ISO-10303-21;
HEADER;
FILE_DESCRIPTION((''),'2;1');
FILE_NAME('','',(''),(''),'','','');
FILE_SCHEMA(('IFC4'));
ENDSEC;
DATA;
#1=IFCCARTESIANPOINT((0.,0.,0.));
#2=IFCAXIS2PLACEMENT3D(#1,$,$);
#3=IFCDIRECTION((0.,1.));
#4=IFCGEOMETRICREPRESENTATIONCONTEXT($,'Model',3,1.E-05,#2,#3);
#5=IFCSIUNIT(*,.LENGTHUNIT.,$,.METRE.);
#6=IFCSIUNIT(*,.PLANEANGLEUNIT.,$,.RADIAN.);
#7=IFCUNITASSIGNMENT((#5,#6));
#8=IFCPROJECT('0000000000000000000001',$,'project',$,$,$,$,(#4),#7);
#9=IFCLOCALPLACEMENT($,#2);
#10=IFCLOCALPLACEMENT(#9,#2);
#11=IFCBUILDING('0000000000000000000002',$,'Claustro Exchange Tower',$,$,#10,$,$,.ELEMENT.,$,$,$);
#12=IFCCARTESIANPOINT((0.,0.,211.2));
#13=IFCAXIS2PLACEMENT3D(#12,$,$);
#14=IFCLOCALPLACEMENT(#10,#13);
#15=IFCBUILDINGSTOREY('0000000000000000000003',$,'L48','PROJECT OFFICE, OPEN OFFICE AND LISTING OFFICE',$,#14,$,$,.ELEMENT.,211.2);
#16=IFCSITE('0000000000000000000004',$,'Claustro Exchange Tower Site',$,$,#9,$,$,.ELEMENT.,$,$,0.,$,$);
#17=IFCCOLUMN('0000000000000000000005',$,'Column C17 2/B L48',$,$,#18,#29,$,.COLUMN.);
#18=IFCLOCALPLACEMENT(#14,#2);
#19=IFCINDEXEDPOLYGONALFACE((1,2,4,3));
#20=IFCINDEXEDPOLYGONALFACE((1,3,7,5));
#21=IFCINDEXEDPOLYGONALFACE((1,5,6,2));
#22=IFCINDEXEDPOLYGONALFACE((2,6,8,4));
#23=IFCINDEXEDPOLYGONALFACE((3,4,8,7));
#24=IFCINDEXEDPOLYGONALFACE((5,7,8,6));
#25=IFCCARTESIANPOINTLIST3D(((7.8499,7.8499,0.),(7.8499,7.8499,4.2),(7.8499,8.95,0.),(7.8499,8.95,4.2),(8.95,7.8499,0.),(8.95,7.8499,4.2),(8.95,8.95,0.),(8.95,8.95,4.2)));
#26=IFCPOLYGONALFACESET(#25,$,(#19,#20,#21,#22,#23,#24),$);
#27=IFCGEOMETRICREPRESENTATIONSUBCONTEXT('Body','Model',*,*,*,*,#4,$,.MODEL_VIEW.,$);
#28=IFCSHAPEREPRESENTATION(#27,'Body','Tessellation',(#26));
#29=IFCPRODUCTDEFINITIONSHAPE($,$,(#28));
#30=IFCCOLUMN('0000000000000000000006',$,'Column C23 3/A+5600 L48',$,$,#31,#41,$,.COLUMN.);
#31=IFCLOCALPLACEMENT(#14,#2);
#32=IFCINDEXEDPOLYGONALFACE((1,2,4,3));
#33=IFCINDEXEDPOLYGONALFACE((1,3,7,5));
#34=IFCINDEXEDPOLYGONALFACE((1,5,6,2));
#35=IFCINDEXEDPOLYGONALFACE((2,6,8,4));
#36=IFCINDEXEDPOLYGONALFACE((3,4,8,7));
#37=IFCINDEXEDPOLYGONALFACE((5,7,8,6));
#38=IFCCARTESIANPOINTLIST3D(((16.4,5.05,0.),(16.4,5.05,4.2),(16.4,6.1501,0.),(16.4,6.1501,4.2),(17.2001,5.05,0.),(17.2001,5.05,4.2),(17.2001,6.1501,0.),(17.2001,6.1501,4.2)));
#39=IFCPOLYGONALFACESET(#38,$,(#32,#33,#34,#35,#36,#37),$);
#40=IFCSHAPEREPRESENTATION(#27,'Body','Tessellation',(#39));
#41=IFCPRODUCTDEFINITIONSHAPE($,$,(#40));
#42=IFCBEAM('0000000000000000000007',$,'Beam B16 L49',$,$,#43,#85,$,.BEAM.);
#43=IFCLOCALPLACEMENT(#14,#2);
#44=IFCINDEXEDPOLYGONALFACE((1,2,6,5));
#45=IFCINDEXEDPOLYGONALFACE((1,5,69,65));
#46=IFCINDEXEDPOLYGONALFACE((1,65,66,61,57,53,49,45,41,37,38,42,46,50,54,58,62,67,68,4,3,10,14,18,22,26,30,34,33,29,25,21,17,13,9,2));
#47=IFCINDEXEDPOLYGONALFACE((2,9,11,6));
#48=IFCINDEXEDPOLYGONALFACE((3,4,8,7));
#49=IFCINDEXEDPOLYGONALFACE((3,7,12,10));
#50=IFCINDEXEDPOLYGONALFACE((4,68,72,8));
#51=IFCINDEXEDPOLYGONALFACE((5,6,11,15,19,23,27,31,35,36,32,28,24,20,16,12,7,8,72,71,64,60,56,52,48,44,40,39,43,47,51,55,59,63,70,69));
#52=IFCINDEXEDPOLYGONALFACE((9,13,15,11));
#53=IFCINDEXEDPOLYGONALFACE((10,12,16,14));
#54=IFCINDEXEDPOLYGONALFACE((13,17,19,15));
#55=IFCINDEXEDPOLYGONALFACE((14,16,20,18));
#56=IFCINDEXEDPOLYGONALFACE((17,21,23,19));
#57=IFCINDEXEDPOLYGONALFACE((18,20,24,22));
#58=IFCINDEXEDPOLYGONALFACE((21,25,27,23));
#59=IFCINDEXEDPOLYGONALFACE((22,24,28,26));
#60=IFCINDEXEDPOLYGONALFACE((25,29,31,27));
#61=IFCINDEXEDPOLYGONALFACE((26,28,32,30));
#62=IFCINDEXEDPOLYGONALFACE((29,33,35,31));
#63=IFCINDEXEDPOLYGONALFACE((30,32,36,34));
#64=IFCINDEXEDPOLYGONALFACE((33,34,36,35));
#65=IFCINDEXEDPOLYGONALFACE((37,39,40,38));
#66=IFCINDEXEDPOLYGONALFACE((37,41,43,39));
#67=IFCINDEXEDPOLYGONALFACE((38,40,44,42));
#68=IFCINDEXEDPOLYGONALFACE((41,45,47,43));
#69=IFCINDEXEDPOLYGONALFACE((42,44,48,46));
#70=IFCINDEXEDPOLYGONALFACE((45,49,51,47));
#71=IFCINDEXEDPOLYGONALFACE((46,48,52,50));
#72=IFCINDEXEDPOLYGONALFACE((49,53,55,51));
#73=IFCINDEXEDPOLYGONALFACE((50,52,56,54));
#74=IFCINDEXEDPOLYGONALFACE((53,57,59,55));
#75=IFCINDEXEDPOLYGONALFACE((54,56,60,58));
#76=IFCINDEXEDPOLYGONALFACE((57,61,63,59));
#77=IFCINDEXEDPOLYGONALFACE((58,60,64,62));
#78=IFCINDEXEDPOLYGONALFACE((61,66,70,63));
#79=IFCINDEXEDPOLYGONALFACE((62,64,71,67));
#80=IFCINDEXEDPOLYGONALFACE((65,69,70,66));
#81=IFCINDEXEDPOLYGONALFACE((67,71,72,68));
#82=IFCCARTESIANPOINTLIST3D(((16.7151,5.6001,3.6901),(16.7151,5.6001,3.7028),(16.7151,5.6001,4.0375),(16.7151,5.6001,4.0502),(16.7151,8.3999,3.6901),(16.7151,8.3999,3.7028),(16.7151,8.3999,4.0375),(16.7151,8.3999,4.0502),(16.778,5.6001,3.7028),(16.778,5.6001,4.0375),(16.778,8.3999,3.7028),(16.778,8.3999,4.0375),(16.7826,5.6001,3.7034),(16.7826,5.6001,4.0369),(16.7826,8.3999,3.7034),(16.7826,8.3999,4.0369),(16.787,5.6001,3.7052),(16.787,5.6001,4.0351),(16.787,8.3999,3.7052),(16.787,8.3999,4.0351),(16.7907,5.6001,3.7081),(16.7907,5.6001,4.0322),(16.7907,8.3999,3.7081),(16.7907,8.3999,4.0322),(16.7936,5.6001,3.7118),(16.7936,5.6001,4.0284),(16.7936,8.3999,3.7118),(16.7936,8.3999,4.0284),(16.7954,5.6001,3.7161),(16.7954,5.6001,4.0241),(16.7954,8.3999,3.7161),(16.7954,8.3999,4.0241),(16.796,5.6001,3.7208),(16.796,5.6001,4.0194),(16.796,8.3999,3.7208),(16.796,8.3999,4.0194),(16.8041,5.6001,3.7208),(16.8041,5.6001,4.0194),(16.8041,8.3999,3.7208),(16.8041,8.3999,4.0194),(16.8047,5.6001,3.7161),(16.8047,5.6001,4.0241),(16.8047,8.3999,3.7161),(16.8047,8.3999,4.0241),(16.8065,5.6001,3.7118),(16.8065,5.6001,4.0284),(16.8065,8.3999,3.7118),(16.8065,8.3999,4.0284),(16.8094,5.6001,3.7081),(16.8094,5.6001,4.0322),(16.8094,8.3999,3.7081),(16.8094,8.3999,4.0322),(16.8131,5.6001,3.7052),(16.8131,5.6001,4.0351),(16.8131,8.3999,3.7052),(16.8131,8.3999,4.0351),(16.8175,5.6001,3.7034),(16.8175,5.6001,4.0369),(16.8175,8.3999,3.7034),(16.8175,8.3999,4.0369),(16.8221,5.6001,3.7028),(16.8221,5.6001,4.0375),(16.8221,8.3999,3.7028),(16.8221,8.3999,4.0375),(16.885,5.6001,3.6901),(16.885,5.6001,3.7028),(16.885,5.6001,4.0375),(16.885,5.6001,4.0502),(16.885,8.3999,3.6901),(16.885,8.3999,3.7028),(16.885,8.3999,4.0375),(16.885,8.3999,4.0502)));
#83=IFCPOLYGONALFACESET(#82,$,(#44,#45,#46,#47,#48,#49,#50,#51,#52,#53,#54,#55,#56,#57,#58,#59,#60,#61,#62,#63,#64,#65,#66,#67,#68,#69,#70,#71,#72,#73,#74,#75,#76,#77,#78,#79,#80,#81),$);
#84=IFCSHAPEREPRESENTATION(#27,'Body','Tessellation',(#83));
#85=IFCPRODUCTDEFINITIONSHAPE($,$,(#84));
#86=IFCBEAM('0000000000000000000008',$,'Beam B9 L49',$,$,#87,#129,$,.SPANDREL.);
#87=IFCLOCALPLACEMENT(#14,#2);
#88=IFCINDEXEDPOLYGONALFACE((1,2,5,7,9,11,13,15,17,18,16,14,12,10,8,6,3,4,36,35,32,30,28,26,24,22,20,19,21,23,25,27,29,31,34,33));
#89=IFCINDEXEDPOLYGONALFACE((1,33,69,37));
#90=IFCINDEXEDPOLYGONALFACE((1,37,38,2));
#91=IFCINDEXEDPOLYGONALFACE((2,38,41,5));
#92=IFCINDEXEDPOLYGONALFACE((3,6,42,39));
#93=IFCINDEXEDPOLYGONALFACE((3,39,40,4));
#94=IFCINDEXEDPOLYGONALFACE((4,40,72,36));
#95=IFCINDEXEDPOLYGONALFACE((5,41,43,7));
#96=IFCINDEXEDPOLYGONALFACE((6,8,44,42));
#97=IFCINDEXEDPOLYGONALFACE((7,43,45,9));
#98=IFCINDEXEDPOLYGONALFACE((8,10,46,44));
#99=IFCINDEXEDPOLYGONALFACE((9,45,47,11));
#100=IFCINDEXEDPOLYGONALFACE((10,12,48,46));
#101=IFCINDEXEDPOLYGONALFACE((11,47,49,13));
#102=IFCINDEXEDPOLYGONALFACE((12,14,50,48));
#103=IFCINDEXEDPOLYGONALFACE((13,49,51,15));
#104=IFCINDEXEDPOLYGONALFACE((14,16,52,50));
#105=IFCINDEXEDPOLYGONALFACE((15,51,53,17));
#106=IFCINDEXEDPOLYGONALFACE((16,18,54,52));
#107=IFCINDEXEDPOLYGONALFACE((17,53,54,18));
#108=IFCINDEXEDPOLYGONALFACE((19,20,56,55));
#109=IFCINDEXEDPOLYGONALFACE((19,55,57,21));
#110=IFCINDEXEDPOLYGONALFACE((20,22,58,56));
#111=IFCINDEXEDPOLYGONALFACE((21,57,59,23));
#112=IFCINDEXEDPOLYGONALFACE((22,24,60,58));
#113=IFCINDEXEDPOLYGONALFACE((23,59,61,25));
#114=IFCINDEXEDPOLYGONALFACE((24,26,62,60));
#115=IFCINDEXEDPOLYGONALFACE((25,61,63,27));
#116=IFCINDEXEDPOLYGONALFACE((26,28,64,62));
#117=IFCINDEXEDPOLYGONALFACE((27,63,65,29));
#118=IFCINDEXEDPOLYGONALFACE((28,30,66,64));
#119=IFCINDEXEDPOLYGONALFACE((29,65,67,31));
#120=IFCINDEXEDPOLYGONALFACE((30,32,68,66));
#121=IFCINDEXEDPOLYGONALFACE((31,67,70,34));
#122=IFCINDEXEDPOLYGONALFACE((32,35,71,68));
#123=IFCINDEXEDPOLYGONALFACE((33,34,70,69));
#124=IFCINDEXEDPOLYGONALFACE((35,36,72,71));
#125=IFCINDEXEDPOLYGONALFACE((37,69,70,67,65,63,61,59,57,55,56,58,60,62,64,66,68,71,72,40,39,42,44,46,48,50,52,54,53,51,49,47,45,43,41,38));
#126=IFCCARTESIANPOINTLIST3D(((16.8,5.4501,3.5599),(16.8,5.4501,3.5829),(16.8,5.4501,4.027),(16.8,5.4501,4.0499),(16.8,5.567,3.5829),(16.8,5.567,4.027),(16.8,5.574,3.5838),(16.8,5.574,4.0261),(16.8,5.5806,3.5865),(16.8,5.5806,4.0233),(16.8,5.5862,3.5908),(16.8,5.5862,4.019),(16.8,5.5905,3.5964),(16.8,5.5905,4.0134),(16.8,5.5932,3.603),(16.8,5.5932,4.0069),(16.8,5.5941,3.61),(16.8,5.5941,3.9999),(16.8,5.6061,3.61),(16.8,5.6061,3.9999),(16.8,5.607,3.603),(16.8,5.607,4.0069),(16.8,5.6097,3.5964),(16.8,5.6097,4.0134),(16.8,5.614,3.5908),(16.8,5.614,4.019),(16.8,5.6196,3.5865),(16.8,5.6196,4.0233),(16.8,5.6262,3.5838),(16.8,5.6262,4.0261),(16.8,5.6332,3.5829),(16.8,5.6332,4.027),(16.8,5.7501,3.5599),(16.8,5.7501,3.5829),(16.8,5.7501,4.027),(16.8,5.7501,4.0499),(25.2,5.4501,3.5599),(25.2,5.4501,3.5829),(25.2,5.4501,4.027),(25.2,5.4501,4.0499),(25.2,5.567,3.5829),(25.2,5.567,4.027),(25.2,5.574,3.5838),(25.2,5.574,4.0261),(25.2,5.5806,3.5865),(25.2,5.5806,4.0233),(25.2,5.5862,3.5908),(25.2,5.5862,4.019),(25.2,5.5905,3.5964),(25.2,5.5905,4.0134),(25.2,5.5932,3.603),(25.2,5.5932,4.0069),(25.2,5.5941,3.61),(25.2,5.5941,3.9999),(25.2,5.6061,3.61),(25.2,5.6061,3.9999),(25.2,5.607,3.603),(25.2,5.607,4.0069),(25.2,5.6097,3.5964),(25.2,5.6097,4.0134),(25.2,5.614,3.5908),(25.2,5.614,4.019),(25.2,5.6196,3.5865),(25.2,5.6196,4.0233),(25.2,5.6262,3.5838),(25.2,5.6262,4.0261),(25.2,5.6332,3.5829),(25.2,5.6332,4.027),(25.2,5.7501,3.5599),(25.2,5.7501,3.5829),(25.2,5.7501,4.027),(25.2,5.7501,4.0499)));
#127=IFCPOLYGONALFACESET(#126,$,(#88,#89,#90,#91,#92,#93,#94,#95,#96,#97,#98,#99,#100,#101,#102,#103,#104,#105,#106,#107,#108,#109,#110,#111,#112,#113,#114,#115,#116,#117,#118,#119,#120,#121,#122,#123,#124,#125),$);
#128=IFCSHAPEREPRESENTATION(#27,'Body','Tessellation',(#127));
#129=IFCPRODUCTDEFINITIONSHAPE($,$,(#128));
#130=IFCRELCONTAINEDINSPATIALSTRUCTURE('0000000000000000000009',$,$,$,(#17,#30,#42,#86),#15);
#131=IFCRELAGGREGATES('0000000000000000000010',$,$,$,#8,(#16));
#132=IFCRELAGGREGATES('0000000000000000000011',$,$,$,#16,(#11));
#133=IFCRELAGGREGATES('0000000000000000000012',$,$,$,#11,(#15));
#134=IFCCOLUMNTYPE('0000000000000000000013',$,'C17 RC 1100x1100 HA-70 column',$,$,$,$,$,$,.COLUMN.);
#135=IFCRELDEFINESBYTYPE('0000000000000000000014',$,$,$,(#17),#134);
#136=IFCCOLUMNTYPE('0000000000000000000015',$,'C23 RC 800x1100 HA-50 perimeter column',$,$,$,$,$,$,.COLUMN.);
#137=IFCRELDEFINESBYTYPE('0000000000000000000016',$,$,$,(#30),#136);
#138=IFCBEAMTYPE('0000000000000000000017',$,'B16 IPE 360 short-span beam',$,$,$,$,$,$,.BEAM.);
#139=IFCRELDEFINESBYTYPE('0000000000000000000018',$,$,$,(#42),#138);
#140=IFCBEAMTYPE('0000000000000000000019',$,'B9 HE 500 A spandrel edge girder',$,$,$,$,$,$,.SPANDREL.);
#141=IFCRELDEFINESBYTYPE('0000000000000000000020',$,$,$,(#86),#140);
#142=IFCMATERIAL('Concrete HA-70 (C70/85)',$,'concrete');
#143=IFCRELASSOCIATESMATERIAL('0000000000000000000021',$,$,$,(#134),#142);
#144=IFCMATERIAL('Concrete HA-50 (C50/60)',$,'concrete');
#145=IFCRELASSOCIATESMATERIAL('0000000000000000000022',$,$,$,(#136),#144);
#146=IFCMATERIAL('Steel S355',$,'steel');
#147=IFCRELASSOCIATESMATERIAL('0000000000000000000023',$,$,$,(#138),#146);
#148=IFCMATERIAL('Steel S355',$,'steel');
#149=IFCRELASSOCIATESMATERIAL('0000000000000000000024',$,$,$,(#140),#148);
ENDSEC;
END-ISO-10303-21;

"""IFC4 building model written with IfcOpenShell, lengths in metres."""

from ifc_helpers import new_model, si_unit, direction, frame, origin, origin_2d, place, context, subcontext, project, spatial, rectangle, i_section, extrude, material, material_profile, profile_set, type_object, element, save


model = new_model("IFC4")

# Units and contexts
model_context = context("Model", 3, precision=1e-05, world=origin(), true_north=direction((0.0, 1.0)))
body_context = subcontext(model_context, "Body", "Model", "MODEL_VIEW")
ifc_project = project(units=[si_unit("LENGTHUNIT", "METRE"), si_unit("PLANEANGLEUNIT", "RADIAN")], contexts=[model_context])

# Site, building, storey
site_placement = place(None, origin())
site = spatial("IfcSite", under=ifc_project, at=site_placement, Name="Claustro Exchange Tower Site", CompositionType="ELEMENT", RefElevation=0.0)
building_placement = place(site_placement, origin())
building = spatial("IfcBuilding", under=site, at=building_placement, Name="Claustro Exchange Tower", CompositionType="ELEMENT")
storey_placement = place(building_placement, frame((0.0, 0.0, 211.2)))
storey = spatial("IfcBuildingStorey", under=building, at=storey_placement, Name="L48", Description="PROJECT OFFICE, OPEN OFFICE AND LISTING OFFICE", CompositionType="ELEMENT", Elevation=211.2)

# Columns
ifc_material_1 = material(Name="Concrete HA-70 (C70/85)", Category="concrete")
ifc_material_profile_1 = material_profile(ifc_material_1, rectangle(XDim=1.1001, YDim=1.1001, at=origin_2d()), Name="RC 1100x1100")
ifc_profile_set_1 = profile_set([ifc_material_profile_1], Name="Concrete HA-70 (C70/85)")
column_type_1 = type_object("IfcColumnType", Name="C17 RC 1100x1100 HA-70 column", PredefinedType="COLUMN", material=ifc_profile_set_1)
column_1_placement = place(storey_placement, frame((8.3999, 8.3999, 0.0), z_axis=(0.0, 0.0, 1.0), x_axis=(1.0, 0.0, 0.0)))
element("IfcColumn", 1, at=column_1_placement, inside=storey, type_object=column_type_1, Name="Column C17 2/B L48", PredefinedType="COLUMN", context=body_context, shape_type="SweptSolid", body=[
    extrude(rectangle(XDim=1.1001, YDim=1.1001, at=origin_2d()), origin(), (0.0, 0.0, 1.0), 4.2),
])
ifc_material_2 = material(Name="Concrete HA-50 (C50/60)", Category="concrete")
ifc_material_profile_2 = material_profile(ifc_material_2, rectangle(XDim=0.8, YDim=1.1001, at=origin_2d()), Name="RC 800x1100")
ifc_profile_set_2 = profile_set([ifc_material_profile_2], Name="Concrete HA-50 (C50/60)")
column_type_2 = type_object("IfcColumnType", Name="C23 RC 800x1100 HA-50 perimeter column", PredefinedType="COLUMN", material=ifc_profile_set_2)
column_2_placement = place(storey_placement, frame((16.8, 5.6001, 0.0), z_axis=(0.0, 0.0, 1.0), x_axis=(1.0, 0.0, 0.0)))
element("IfcColumn", 2, at=column_2_placement, inside=storey, type_object=column_type_2, Name="Column C23 3/A+5600 L48", PredefinedType="COLUMN", context=body_context, shape_type="SweptSolid", body=[
    extrude(rectangle(XDim=0.8, YDim=1.1001, at=origin_2d()), origin(), (0.0, 0.0, 1.0), 4.2),
])

# Beams
ifc_material_3 = material(Name="Steel S355", Category="steel")
ifc_material_profile_3 = material_profile(ifc_material_3, i_section(OverallWidth=0.1699, OverallDepth=0.3601, WebThickness=0.0081, FlangeThickness=0.0127, FilletRadius=0.0181, at=origin_2d()), Name="IPE 360")
ifc_profile_set_3 = profile_set([ifc_material_profile_3], Name="Steel S355")
beam_type_1 = type_object("IfcBeamType", Name="B16 IPE 360 short-span beam", PredefinedType="BEAM", material=ifc_profile_set_3)
beam_1_placement = place(storey_placement, frame((16.8, 5.6001, 3.8701), z_axis=(0.0, 1.0, 0.0), x_axis=(-1.0, 0.0, 0.0)))
element("IfcBeam", 3, at=beam_1_placement, inside=storey, type_object=beam_type_1, Name="Beam B16 L49", PredefinedType="BEAM", context=body_context, shape_type="SweptSolid", body=[
    extrude(i_section(OverallWidth=0.1699, OverallDepth=0.3601, WebThickness=0.0081, FlangeThickness=0.0127, FilletRadius=0.0181, at=origin_2d()), origin(), (0.0, 0.0, 1.0), 2.7998),
])
ifc_material_4 = material(Name="Steel S355", Category="steel")
ifc_material_profile_4 = material_profile(ifc_material_4, i_section(OverallWidth=0.3, OverallDepth=0.49, WebThickness=0.012, FlangeThickness=0.0229, FilletRadius=0.0271, at=origin_2d()), Name="HE 500 A")
ifc_profile_set_4 = profile_set([ifc_material_profile_4], Name="Steel S355")
beam_type_2 = type_object("IfcBeamType", Name="B9 HE 500 A spandrel edge girder", PredefinedType="SPANDREL", material=ifc_profile_set_4)
beam_2_placement = place(storey_placement, frame((16.8, 5.6001, 3.8049), z_axis=(1.0, 0.0, 0.0), x_axis=(0.0, 1.0, 0.0)))
element("IfcBeam", 4, at=beam_2_placement, inside=storey, type_object=beam_type_2, Name="Beam B9 L49", PredefinedType="SPANDREL", context=body_context, shape_type="SweptSolid", body=[
    extrude(i_section(OverallWidth=0.3, OverallDepth=0.49, WebThickness=0.012, FlangeThickness=0.0229, FilletRadius=0.0271, at=origin_2d()), origin(), (0.0, 0.0, 1.0), 8.3999),
])

save(model, "model.ifc")
